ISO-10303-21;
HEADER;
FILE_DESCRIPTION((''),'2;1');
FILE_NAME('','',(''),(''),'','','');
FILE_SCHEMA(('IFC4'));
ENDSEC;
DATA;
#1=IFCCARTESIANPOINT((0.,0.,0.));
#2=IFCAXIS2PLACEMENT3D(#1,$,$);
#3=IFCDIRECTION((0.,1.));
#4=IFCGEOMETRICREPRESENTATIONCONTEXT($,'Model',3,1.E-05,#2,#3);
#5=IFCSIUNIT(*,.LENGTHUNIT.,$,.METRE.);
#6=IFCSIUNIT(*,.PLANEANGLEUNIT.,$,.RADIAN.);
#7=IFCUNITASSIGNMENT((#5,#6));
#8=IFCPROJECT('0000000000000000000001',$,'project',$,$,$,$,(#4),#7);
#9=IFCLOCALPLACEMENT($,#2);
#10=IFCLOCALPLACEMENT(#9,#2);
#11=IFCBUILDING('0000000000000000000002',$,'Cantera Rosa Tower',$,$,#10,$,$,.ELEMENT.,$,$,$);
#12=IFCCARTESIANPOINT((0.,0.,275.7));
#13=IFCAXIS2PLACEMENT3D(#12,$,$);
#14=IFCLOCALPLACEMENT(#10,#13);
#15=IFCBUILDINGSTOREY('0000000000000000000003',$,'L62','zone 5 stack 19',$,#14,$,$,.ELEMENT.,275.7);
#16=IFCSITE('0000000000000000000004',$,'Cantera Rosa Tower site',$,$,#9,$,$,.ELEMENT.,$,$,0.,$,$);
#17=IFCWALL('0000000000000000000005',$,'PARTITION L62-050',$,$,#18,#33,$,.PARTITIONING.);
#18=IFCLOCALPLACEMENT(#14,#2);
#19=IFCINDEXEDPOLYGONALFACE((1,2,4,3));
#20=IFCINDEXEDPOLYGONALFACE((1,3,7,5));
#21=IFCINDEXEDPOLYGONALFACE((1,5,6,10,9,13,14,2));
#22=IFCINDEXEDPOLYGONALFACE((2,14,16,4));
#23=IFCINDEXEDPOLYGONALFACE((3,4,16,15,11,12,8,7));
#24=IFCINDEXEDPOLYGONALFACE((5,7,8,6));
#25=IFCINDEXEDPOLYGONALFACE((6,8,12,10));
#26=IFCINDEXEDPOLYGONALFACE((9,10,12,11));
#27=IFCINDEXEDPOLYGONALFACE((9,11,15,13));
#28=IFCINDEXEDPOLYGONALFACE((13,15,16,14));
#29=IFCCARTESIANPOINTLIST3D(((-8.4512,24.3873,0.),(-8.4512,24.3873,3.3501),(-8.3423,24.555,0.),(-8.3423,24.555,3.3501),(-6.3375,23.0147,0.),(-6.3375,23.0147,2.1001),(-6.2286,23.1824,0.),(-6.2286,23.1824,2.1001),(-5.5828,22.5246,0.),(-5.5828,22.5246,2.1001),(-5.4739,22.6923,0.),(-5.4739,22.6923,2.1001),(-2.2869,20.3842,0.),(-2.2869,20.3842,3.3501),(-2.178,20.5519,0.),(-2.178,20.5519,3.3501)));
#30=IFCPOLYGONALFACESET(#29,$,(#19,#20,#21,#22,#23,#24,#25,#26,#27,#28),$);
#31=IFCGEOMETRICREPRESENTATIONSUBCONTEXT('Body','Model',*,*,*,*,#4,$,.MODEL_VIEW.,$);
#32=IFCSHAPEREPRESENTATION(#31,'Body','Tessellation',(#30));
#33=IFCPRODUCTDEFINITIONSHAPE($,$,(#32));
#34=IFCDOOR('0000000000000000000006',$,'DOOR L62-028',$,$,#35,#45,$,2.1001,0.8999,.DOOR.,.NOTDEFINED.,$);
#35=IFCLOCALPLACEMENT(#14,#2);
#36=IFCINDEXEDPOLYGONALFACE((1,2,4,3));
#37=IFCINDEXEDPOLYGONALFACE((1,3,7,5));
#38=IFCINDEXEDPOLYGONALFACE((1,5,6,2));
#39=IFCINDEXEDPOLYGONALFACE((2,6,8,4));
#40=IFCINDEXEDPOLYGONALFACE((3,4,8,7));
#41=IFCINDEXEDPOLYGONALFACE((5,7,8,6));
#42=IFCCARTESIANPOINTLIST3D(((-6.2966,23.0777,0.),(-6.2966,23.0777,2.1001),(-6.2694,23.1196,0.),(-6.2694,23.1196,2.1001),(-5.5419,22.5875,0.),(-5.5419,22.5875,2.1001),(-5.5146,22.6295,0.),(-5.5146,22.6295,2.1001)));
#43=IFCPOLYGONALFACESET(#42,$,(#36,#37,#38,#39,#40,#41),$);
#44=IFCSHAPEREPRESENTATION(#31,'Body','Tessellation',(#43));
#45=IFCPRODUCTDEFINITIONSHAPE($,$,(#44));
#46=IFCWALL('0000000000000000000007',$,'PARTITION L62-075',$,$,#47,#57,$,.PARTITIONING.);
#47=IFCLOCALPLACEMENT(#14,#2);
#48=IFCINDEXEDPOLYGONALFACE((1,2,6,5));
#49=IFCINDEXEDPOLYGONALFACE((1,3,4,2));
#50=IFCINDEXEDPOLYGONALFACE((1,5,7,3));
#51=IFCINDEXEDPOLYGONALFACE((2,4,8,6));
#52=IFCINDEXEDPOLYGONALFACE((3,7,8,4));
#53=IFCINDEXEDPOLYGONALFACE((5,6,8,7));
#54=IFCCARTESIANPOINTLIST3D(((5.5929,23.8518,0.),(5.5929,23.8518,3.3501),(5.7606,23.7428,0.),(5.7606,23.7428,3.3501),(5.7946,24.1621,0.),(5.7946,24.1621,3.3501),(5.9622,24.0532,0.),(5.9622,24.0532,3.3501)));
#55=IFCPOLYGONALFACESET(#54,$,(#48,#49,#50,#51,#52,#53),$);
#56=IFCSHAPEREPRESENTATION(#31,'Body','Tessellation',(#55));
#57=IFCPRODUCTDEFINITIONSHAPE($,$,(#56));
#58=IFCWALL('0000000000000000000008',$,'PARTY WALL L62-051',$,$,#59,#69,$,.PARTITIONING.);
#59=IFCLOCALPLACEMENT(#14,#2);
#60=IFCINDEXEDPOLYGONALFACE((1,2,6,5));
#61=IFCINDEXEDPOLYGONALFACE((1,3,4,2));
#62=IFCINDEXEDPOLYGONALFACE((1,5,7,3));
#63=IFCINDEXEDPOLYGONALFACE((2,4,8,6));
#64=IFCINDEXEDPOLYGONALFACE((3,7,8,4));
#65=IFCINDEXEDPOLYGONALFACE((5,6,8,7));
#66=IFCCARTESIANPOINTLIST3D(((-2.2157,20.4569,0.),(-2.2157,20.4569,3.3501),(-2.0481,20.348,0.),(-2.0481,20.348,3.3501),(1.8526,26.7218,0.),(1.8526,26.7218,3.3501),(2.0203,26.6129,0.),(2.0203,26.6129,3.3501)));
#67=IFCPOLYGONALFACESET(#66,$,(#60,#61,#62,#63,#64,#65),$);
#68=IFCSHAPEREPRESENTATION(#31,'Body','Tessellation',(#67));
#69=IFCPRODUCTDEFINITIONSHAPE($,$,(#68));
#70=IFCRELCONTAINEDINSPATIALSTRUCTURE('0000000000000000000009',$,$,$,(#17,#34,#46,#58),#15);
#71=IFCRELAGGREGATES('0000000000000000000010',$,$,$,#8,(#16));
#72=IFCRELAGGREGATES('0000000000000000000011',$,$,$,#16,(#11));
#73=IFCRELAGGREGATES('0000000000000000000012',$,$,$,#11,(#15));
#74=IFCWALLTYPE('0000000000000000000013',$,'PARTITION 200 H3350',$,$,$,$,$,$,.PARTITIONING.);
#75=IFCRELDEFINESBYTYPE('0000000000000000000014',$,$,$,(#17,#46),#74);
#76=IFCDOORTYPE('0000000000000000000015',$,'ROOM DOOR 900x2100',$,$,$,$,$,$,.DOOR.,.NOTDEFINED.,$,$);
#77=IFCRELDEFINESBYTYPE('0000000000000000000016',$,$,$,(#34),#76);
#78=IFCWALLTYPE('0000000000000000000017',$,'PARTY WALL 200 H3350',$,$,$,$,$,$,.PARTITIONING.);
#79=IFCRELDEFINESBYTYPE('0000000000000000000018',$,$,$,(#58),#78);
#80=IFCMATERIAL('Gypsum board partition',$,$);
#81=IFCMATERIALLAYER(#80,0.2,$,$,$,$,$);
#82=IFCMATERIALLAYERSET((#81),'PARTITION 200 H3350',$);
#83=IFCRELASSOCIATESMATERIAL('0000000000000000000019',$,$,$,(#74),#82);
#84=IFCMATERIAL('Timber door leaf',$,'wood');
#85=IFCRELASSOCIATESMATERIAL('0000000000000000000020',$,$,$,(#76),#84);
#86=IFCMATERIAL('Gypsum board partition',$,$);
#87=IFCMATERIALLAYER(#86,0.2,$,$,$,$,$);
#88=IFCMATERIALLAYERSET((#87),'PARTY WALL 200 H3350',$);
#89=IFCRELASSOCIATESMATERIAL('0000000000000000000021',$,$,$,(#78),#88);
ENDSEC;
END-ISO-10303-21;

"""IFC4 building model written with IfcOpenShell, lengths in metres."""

from ifc_helpers import new_model, si_unit, direction, frame, frame_2d, origin, place, context, subcontext, project, spatial, rectangle, extrude, material, layer, layer_set, type_object, element, fill, save


model = new_model("IFC4")

# Units and contexts
model_context = context("Model", 3, precision=1e-05, world=origin(), true_north=direction((0.0, 1.0)))
body_context = subcontext(model_context, "Body", "Model", "MODEL_VIEW")
ifc_project = project(units=[si_unit("LENGTHUNIT", "METRE"), si_unit("PLANEANGLEUNIT", "RADIAN")], contexts=[model_context])

# Site, building, storey
site_placement = place(None, origin())
site = spatial("IfcSite", under=ifc_project, at=site_placement, Name="Cantera Rosa Tower site", CompositionType="ELEMENT", RefElevation=0.0)
building_placement = place(site_placement, origin())
building = spatial("IfcBuilding", under=site, at=building_placement, Name="Cantera Rosa Tower", CompositionType="ELEMENT")
storey_placement = place(building_placement, frame((0.0, 0.0, 275.7)))
storey = spatial("IfcBuildingStorey", under=building, at=storey_placement, Name="L62", Description="zone 5 stack 19", CompositionType="ELEMENT", Elevation=275.7)

# Wall, opening, door
ifc_material_1 = material(Name="Gypsum board partition")
ifc_layer_1 = layer(ifc_material_1, 0.2)
ifc_layer_set_1 = layer_set([ifc_layer_1], Name="PARTITION 200 H3350")
wall_type_1 = type_object("IfcWallType", Name="PARTITION 200 H3350", PredefinedType="PARTITIONING", material=ifc_layer_set_1)
wall_1_placement = place(storey_placement, frame((-2.2324, 20.468, 0.0), z_axis=(0.0, 0.0, 1.0), x_axis=(-0.838669, 0.544642, 0.0)))
wall_1 = element("IfcWall", 1, at=wall_1_placement, inside=storey, type_object=wall_type_1, Name="PARTITION L62-050", PredefinedType="PARTITIONING", context=body_context, shape_type="SweptSolid", body=[
    extrude(rectangle(XDim=7.3501, YDim=0.2, at=frame_2d((3.675, 0.0))), origin(), (0.0, 0.0, 1.0), 3.3501),
])
opening_1_placement = place(wall_1_placement, frame((3.9299, 0.0, 0.0)))
opening_1 = element("IfcOpeningElement", 2, at=opening_1_placement, cuts=wall_1, PredefinedType="OPENING", context=body_context, shape_type="SweptSolid", body=[
    extrude(rectangle(XDim=0.8999, YDim=2.1001, at=frame_2d((0.45, 1.05))), frame((0.0, 0.1099, 0.0), z_axis=(0.0, -1.0, 0.0), x_axis=(1.0, 0.0, 0.0)), (0.0, 0.0, 1.0), 0.22),
])
ifc_material_2 = material(Name="Timber door leaf", Category="wood")
door_type_1 = type_object("IfcDoorType", Name="ROOM DOOR 900x2100", OperationType="NOTDEFINED", PredefinedType="DOOR", material=ifc_material_2)
door_1_placement = place(opening_1_placement, origin())
door_1 = element("IfcDoor", 3, at=door_1_placement, inside=storey, type_object=door_type_1, Name="DOOR L62-028", OperationType="NOTDEFINED", OverallHeight=2.1001, OverallWidth=0.8999, PredefinedType="DOOR", context=body_context, shape_type="SweptSolid", body=[
    extrude(rectangle(XDim=0.8999, YDim=2.1001, at=frame_2d((0.45, 1.05))), frame((0.0, 0.0249, 0.0), z_axis=(0.0, -1.0, 0.0), x_axis=(1.0, 0.0, 0.0)), (0.0, 0.0, 1.0), 0.05),
])
fill(opening_1, door_1)

# Walls
wall_2_placement = place(storey_placement, frame((5.8784, 24.1077, 0.0), z_axis=(0.0, 0.0, 1.0), x_axis=(-0.544919, -0.838489, 0.0)))
element("IfcWall", 4, at=wall_2_placement, inside=storey, type_object=wall_type_1, Name="PARTITION L62-075", PredefinedType="PARTITIONING", context=body_context, shape_type="SweptSolid", body=[
    extrude(rectangle(XDim=0.3701, YDim=0.2, at=frame_2d((0.1851, 0.0))), origin(), (0.0, 0.0, 1.0), 3.3501),
])
ifc_material_3 = material(Name="Gypsum board partition")
ifc_layer_2 = layer(ifc_material_3, 0.2)
ifc_layer_set_2 = layer_set([ifc_layer_2], Name="PARTY WALL 200 H3350")
wall_type_2 = type_object("IfcWallType", Name="PARTY WALL 200 H3350", PredefinedType="PARTITIONING", material=ifc_layer_set_2)
wall_3_placement = place(storey_placement, frame((-2.1318, 20.4026, 0.0), z_axis=(0.0, 0.0, 1.0), x_axis=(0.544629, 0.838677, 0.0)))
element("IfcWall", 5, at=wall_3_placement, inside=storey, type_object=wall_type_2, Name="PARTY WALL L62-051", PredefinedType="PARTITIONING", context=body_context, shape_type="SweptSolid", body=[
    extrude(rectangle(XDim=7.47, YDim=0.2, at=frame_2d((3.7349, 0.0))), origin(), (0.0, 0.0, 1.0), 3.3501),
])

save(model, "model.ifc")
